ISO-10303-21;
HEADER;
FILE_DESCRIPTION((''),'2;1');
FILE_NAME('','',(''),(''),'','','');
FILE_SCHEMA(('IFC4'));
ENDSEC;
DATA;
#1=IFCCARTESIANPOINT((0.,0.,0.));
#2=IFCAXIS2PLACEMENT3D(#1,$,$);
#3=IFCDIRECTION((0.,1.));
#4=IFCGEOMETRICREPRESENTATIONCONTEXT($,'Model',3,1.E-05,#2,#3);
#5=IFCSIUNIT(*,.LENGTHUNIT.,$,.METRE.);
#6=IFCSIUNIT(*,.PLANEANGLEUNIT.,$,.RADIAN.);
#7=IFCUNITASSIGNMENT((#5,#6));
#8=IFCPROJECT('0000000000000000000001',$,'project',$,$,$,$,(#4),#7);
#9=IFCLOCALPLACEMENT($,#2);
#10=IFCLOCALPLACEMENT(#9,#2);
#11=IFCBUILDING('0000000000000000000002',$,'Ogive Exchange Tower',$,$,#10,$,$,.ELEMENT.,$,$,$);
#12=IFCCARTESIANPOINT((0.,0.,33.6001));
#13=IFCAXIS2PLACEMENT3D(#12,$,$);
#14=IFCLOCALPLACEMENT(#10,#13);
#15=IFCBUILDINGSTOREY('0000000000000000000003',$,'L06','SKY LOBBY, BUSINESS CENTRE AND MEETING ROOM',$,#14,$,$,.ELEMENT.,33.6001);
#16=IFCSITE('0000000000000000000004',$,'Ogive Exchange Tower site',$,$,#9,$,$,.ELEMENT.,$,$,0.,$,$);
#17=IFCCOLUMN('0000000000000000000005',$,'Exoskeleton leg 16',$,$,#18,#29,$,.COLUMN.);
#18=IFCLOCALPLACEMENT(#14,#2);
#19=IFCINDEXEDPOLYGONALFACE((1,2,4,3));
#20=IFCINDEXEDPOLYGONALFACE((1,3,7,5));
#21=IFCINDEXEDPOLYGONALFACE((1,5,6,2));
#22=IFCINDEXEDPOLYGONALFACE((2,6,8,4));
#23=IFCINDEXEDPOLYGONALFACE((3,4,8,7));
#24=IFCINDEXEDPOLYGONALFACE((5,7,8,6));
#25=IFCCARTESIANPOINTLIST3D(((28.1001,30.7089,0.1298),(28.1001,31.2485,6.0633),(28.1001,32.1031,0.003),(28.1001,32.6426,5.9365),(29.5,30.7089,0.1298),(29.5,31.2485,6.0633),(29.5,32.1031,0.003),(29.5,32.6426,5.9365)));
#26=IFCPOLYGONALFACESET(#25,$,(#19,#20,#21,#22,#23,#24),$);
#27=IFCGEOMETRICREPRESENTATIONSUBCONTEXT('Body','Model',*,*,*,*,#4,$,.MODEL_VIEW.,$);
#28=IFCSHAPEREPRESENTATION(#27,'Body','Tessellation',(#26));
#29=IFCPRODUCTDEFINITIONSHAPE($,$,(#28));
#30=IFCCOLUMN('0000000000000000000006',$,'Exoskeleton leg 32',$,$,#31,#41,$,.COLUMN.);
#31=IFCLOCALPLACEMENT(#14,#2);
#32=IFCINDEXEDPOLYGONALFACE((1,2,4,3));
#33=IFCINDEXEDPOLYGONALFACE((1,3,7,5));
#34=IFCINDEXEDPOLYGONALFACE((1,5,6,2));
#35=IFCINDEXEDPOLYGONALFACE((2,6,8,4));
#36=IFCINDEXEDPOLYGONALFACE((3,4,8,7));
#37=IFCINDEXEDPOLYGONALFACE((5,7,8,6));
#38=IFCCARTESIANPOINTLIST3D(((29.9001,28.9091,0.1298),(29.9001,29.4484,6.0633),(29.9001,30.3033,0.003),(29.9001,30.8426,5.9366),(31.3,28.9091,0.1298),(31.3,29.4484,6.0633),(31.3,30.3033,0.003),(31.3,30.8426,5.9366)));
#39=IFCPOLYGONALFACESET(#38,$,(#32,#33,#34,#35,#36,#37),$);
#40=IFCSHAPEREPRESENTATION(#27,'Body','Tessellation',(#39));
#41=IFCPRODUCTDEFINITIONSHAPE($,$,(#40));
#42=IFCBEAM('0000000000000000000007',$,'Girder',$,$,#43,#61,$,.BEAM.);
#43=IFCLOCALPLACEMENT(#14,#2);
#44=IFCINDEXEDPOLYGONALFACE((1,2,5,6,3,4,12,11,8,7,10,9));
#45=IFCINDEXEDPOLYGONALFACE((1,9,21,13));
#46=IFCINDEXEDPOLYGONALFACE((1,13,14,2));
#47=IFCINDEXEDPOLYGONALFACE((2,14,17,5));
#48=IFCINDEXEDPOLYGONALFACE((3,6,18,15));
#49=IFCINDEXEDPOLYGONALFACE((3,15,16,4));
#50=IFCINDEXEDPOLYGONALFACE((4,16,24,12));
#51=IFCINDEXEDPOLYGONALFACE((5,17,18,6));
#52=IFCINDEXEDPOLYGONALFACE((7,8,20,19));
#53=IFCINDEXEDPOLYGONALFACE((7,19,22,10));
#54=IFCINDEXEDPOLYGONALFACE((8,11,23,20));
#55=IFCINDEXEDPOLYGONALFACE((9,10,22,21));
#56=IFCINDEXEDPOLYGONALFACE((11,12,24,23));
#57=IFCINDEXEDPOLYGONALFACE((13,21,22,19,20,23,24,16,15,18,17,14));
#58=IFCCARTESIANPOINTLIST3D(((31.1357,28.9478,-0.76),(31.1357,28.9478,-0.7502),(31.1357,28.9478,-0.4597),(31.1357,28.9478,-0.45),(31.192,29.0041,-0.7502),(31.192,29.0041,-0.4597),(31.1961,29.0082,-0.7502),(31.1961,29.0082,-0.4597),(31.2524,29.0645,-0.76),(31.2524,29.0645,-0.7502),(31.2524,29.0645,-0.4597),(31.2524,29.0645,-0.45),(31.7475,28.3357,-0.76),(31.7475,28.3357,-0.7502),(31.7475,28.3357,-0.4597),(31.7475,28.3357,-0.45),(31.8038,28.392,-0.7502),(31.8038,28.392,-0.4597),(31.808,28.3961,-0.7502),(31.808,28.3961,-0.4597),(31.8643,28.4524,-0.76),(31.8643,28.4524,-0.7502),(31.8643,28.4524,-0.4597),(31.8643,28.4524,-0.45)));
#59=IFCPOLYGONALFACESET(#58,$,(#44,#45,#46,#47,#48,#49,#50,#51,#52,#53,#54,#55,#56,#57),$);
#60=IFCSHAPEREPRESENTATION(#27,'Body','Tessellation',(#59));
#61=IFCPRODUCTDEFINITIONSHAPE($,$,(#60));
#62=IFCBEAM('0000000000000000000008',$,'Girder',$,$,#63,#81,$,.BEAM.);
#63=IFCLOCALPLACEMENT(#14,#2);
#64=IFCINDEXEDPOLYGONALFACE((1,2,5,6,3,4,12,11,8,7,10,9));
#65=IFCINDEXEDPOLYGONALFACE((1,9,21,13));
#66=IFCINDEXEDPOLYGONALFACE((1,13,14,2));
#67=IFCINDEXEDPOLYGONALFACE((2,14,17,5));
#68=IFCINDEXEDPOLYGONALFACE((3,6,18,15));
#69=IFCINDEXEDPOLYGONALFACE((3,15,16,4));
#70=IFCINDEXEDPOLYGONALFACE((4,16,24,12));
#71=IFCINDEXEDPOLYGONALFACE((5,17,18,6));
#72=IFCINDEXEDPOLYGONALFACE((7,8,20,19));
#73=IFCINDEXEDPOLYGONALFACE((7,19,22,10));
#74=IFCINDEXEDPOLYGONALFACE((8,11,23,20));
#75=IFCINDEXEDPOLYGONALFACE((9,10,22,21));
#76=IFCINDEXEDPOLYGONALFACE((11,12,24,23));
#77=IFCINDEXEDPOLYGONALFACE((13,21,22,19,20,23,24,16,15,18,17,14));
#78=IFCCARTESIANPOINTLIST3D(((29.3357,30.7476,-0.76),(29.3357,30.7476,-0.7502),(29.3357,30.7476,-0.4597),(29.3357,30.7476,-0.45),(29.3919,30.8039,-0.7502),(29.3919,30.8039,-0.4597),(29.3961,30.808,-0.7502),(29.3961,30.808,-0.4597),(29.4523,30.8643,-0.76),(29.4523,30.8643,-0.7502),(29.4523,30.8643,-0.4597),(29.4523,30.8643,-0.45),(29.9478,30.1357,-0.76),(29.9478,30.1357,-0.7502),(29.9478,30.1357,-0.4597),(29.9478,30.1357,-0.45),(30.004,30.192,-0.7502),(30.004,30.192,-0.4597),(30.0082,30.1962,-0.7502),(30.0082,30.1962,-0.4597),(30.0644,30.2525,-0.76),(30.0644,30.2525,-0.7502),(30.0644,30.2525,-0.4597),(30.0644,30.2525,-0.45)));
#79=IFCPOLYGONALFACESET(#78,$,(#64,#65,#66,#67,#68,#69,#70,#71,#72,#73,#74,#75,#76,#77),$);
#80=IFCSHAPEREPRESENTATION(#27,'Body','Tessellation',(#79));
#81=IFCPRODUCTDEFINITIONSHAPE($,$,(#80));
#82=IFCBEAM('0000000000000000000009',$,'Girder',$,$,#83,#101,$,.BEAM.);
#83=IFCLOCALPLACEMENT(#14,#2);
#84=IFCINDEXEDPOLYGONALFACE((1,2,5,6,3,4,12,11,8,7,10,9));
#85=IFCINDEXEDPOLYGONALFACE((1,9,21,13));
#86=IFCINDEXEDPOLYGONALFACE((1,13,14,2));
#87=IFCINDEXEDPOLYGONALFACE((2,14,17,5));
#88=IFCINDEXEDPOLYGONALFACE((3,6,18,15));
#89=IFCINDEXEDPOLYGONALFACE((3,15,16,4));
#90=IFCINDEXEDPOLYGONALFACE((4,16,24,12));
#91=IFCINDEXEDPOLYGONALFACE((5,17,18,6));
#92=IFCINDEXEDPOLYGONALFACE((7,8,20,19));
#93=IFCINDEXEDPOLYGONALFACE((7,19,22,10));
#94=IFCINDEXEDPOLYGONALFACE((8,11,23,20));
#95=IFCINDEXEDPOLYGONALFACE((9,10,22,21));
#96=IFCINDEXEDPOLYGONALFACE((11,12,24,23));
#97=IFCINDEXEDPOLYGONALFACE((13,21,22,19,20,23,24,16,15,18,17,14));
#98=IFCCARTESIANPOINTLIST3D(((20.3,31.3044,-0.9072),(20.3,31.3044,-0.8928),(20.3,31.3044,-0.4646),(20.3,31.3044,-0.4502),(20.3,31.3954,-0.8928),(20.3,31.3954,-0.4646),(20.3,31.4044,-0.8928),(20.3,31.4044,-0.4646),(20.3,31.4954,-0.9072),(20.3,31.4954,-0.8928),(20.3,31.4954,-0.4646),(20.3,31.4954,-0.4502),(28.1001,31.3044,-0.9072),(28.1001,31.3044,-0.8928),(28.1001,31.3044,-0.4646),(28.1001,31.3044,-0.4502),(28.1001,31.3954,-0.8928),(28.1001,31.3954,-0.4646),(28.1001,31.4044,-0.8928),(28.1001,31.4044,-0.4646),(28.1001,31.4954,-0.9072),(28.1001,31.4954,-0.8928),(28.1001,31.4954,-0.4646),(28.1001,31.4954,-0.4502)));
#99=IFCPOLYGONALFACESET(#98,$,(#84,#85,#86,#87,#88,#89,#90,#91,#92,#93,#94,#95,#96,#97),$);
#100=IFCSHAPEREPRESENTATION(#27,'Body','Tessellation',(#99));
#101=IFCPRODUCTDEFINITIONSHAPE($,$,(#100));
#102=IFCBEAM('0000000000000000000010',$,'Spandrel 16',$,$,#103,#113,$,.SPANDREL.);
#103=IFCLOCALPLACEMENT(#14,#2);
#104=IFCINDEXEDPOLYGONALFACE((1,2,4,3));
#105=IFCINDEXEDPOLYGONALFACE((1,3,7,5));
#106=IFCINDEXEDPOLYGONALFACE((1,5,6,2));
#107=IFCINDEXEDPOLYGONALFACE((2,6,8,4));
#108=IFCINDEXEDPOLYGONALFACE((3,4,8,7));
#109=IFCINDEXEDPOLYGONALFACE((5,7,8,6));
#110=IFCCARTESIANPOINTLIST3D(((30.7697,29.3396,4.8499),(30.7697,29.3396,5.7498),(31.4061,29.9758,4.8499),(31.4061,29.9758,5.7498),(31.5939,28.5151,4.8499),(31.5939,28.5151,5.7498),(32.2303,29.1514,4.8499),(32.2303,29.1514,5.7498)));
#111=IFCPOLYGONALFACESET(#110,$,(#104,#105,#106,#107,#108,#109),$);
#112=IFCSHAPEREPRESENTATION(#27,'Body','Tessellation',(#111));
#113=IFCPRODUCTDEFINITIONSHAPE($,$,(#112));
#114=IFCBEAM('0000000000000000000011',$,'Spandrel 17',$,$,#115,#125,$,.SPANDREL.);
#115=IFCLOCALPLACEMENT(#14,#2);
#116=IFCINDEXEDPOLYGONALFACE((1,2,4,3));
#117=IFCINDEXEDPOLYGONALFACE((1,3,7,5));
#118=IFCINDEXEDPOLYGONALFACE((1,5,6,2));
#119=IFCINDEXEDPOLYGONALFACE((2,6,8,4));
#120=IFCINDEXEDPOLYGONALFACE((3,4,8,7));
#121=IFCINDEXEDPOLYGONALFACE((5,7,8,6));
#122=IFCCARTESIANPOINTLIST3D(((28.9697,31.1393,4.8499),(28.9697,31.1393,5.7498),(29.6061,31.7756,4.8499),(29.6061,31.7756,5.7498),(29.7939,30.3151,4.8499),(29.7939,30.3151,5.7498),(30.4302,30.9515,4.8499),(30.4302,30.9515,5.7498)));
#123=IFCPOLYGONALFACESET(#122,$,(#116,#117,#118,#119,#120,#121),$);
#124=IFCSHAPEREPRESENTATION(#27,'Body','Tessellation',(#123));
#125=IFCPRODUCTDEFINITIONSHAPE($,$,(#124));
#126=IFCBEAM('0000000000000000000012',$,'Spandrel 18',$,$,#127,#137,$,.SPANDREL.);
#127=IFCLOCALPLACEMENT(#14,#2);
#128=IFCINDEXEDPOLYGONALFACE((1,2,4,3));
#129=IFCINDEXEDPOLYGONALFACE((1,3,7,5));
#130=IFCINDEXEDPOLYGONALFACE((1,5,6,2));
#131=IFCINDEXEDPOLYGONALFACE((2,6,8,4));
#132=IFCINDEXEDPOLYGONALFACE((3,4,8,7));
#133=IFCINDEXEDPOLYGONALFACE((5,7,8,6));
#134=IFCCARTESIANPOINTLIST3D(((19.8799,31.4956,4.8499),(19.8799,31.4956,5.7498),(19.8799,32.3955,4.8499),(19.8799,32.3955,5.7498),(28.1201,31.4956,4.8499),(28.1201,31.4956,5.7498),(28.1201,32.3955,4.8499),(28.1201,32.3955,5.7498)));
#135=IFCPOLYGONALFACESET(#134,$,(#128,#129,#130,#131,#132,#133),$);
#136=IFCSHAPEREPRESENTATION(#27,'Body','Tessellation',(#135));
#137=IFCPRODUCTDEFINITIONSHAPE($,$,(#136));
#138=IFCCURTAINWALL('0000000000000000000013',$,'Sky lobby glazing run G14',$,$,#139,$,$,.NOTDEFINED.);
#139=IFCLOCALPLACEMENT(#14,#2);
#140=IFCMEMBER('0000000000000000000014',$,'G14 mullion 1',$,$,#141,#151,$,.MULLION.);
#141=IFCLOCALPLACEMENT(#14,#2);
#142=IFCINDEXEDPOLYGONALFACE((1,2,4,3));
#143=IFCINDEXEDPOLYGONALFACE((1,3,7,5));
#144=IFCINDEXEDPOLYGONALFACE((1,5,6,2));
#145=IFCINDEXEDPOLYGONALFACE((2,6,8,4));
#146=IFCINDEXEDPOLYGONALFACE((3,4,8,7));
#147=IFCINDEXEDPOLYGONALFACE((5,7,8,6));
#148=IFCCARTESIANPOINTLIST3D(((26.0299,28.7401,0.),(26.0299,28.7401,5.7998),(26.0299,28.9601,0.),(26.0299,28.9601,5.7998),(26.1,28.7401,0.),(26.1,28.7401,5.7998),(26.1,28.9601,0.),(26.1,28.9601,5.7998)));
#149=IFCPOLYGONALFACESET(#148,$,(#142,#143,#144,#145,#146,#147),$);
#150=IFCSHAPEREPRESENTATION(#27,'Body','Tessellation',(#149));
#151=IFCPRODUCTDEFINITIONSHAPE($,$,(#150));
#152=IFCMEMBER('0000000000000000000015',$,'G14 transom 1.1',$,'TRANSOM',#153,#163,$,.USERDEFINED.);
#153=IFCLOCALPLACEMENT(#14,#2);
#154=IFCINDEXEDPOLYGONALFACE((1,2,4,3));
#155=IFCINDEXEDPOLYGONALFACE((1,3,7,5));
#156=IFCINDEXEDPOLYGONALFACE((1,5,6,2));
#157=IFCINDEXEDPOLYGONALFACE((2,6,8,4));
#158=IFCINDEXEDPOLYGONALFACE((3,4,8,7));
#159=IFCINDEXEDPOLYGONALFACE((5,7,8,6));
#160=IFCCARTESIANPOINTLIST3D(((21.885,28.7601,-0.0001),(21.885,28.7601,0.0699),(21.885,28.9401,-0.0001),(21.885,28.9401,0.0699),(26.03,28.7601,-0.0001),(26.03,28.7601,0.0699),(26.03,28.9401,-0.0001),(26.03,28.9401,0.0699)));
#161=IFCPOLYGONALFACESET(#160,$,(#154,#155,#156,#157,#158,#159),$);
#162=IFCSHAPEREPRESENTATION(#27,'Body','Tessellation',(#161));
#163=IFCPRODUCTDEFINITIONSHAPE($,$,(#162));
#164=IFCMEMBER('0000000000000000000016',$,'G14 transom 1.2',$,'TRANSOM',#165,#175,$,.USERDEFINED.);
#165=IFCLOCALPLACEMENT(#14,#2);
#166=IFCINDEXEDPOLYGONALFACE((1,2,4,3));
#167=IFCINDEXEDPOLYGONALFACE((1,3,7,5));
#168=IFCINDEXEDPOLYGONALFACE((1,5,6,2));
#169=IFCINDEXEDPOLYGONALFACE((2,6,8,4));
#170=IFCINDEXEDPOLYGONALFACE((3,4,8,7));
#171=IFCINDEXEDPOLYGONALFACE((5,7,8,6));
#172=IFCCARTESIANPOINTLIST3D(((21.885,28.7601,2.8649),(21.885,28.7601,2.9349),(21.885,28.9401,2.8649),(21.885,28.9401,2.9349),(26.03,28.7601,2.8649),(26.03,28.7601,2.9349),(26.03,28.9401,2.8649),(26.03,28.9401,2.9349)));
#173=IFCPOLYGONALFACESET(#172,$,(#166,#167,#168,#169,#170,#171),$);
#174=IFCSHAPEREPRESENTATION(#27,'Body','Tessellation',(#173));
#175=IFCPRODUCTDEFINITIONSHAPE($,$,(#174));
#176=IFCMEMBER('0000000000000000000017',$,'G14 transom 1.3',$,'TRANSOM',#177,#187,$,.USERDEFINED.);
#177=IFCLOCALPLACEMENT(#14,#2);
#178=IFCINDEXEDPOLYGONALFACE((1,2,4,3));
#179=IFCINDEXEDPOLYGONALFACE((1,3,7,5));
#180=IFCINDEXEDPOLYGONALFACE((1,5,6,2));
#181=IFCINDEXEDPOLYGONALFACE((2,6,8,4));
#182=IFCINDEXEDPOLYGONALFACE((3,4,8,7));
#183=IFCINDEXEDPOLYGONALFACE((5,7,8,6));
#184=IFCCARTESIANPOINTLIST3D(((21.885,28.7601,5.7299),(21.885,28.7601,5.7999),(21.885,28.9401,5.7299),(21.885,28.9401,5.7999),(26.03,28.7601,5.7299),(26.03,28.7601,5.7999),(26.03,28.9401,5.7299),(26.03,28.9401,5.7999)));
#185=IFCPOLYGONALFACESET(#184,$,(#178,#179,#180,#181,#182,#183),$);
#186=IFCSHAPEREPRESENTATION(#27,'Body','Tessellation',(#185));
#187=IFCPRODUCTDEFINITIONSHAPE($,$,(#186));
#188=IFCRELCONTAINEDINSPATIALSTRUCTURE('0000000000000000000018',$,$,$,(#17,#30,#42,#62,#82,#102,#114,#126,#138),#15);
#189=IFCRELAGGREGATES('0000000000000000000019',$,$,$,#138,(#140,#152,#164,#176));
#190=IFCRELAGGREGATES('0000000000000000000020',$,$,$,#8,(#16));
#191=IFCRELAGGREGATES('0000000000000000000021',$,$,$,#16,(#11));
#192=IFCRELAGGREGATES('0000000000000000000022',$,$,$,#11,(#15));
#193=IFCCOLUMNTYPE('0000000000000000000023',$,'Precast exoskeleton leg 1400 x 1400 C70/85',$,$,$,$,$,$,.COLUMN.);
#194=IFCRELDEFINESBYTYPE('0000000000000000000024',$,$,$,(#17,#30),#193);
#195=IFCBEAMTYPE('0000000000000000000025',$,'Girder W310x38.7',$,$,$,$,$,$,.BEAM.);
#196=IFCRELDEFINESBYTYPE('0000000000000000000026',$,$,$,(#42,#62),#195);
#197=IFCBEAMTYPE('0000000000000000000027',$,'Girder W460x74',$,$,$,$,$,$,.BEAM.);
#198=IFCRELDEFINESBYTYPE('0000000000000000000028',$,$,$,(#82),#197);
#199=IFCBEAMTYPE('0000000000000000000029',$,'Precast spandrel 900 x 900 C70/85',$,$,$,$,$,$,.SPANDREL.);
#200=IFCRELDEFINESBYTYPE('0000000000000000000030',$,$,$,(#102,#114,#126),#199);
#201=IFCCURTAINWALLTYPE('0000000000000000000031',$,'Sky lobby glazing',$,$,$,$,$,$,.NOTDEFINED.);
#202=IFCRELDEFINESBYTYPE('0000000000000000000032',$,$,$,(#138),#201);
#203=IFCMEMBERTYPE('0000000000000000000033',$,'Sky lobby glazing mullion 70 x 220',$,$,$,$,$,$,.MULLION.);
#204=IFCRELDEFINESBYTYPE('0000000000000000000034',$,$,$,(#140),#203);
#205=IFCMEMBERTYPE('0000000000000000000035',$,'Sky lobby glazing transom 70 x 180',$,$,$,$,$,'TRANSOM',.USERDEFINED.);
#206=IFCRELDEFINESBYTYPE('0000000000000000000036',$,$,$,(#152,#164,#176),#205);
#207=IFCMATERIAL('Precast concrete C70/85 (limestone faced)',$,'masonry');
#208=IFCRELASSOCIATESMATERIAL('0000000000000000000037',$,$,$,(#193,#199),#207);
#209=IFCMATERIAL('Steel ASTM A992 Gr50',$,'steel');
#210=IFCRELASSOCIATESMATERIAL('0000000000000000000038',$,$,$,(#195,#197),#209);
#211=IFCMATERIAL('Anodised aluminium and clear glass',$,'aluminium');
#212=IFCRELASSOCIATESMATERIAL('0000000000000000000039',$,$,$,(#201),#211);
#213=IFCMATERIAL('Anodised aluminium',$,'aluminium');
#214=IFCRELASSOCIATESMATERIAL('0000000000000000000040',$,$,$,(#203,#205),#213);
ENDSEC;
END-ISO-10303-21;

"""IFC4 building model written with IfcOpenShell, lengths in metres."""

from ifc_helpers import new_model, si_unit, direction, frame, origin, origin_2d, place, context, subcontext, project, spatial, rectangle, i_section, extrude, material, material_profile, profile_set, type_object, element, aggregate, save


model = new_model("IFC4")

# Units and contexts
model_context = context("Model", 3, precision=1e-05, world=origin(), true_north=direction((0.0, 1.0)))
body_context = subcontext(model_context, "Body", "Model", "MODEL_VIEW")
ifc_project = project(units=[si_unit("LENGTHUNIT", "METRE"), si_unit("PLANEANGLEUNIT", "RADIAN")], contexts=[model_context])

# Site, building, storey
site_placement = place(None, origin())
site = spatial("IfcSite", under=ifc_project, at=site_placement, Name="Ogive Exchange Tower site", CompositionType="ELEMENT", RefElevation=0.0)
building_placement = place(site_placement, origin())
building = spatial("IfcBuilding", under=site, at=building_placement, Name="Ogive Exchange Tower", CompositionType="ELEMENT")
storey_placement = place(building_placement, frame((0.0, 0.0, 33.6001)))
storey = spatial("IfcBuildingStorey", under=building, at=storey_placement, Name="L06", Description="SKY LOBBY, BUSINESS CENTRE AND MEETING ROOM", CompositionType="ELEMENT", Elevation=33.6001)

# Columns
ifc_material_1 = material(Name="Precast concrete C70/85 (limestone faced)", Category="masonry")
ifc_material_profile_1 = material_profile(ifc_material_1, rectangle(XDim=1.3999, YDim=1.3999, at=origin_2d()), Name="1400 x 1400")
ifc_profile_set_1 = profile_set([ifc_material_profile_1], Name="Precast concrete C70/85 (limestone faced)")
column_type = type_object("IfcColumnType", Name="Precast exoskeleton leg 1400 x 1400 C70/85", PredefinedType="COLUMN", material=ifc_profile_set_1)
for number, where, z_axis, x_axis, name in (
    (1, (28.8, 31.406, 0.0664), (0.0, 0.090558, 0.995891), (-1.0, 0.0, 0.0), "Exoskeleton leg 16"),
    (2, (30.6001, 29.6062, 0.0664), (0.0, 0.090517, 0.995895), (-1.0, 0.0, 0.0), "Exoskeleton leg 32"),
):
    element("IfcColumn", number, at=place(storey_placement, frame(where, z_axis=z_axis, x_axis=x_axis)), inside=storey, type_object=column_type, Name=name, PredefinedType="COLUMN", context=body_context, shape_type="SweptSolid", body=[
        extrude(rectangle(XDim=1.3999, YDim=1.3999, at=origin_2d()), origin(), (0.0, 0.0, 1.0), 5.958),
    ])

# Beams
ifc_material_2 = material(Name="Steel ASTM A992 Gr50", Category="steel")
ifc_material_profile_2 = material_profile(ifc_material_2, i_section(OverallWidth=0.165, OverallDepth=0.3101, WebThickness=0.0059, FlangeThickness=0.0098, at=origin_2d()), Name="W310x38.7")
ifc_profile_set_2 = profile_set([ifc_material_profile_2], Name="Steel ASTM A992 Gr50")
beam_type_1 = type_object("IfcBeamType", Name="Girder W310x38.7", PredefinedType="BEAM", material=ifc_profile_set_2)
for number, where, z_axis, x_axis, name in (
    (3, (31.8059, 28.394, -0.605), (-0.706966, 0.707248, 0.0), (-0.707248, -0.706966, 0.0), "Girder"),
    (4, (30.0061, 30.1941, -0.605), (-0.707248, 0.706966, 0.0), (-0.706966, -0.707248, 0.0), "Girder"),
):
    element("IfcBeam", number, at=place(storey_placement, frame(where, z_axis=z_axis, x_axis=x_axis)), inside=storey, type_object=beam_type_1, Name=name, PredefinedType="BEAM", context=body_context, shape_type="SweptSolid", body=[
        extrude(i_section(OverallWidth=0.165, OverallDepth=0.3101, WebThickness=0.0059, FlangeThickness=0.0098, at=origin_2d()), origin(), (0.0, 0.0, 1.0), 0.8655),
    ])
ifc_material_profile_3 = material_profile(ifc_material_2, i_section(OverallWidth=0.1909, OverallDepth=0.457, WebThickness=0.009, FlangeThickness=0.0144, at=origin_2d()), Name="W460x74")
ifc_profile_set_3 = profile_set([ifc_material_profile_3], Name="Steel ASTM A992 Gr50")
beam_type_2 = type_object("IfcBeamType", Name="Girder W460x74", PredefinedType="BEAM", material=ifc_profile_set_3)
beam_1_placement = place(storey_placement, frame((28.1001, 31.3999, -0.6787), z_axis=(-1.0, 0.0, 0.0), x_axis=(0.0, -1.0, 0.0)))
element("IfcBeam", 5, at=beam_1_placement, inside=storey, type_object=beam_type_2, Name="Girder", PredefinedType="BEAM", context=body_context, shape_type="SweptSolid", body=[
    extrude(i_section(OverallWidth=0.1909, OverallDepth=0.457, WebThickness=0.009, FlangeThickness=0.0144, at=origin_2d()), origin(), (0.0, 0.0, 1.0), 7.8),
])
ifc_material_profile_4 = material_profile(ifc_material_1, rectangle(XDim=0.8999, YDim=0.8999, at=origin_2d()), Name="900 x 900")
ifc_profile_set_4 = profile_set([ifc_material_profile_4], Name="Precast concrete C70/85 (limestone faced)")
beam_type_3 = type_object("IfcBeamType", Name="Precast spandrel 900 x 900 C70/85", PredefinedType="SPANDREL", material=ifc_profile_set_4)
beam_2_placement = place(storey_placement, frame((31.9121, 28.8333, 5.2998), z_axis=(-0.707002, 0.707211, 0.0), x_axis=(-0.707211, -0.707002, 0.0)))
element("IfcBeam", 6, at=beam_2_placement, inside=storey, type_object=beam_type_3, Name="Spandrel 16", PredefinedType="SPANDREL", context=body_context, shape_type="SweptSolid", body=[
    extrude(rectangle(XDim=0.8999, YDim=0.8999, at=origin_2d()), origin(), (0.0, 0.0, 1.0), 1.1658),
])
beam_3_placement = place(storey_placement, frame((30.1121, 30.6333, 5.2998), z_axis=(-0.707107, 0.707107, 0.0), x_axis=(-0.707107, -0.707107, 0.0)))
element("IfcBeam", 7, at=beam_3_placement, inside=storey, type_object=beam_type_3, Name="Spandrel 17", PredefinedType="SPANDREL", context=body_context, shape_type="SweptSolid", body=[
    extrude(rectangle(XDim=0.8999, YDim=0.8999, at=origin_2d()), origin(), (0.0, 0.0, 1.0), 1.1655),
])
beam_4_placement = place(storey_placement, frame((28.1201, 31.9456, 5.2998), z_axis=(-1.0, 0.0, 0.0), x_axis=(0.0, -1.0, 0.0)))
element("IfcBeam", 8, at=beam_4_placement, inside=storey, type_object=beam_type_3, Name="Spandrel 18", PredefinedType="SPANDREL", context=body_context, shape_type="SweptSolid", body=[
    extrude(rectangle(XDim=0.8999, YDim=0.8999, at=origin_2d()), origin(), (0.0, 0.0, 1.0), 8.2402),
])

# Curtain wall, members
ifc_material_3 = material(Name="Anodised aluminium and clear glass", Category="aluminium")
curtain_wall_type = type_object("IfcCurtainWallType", Name="Sky lobby glazing", PredefinedType="NOTDEFINED", material=ifc_material_3)
curtain_wall_placement = place(storey_placement, origin())
curtain_wall = element("IfcCurtainWall", 9, at=curtain_wall_placement, inside=storey, type_object=curtain_wall_type, Name="Sky lobby glazing run G14", PredefinedType="NOTDEFINED")
ifc_material_4 = material(Name="Anodised aluminium", Category="aluminium")
ifc_material_profile_5 = material_profile(ifc_material_4, rectangle(XDim=0.22, YDim=0.0701, at=origin_2d()), Name="AL 70x220")
ifc_profile_set_5 = profile_set([ifc_material_profile_5], Name="Anodised aluminium")
member_type_1 = type_object("IfcMemberType", Name="Sky lobby glazing mullion 70 x 220", PredefinedType="MULLION", material=ifc_profile_set_5)
member_1_placement = place(storey_placement, frame((26.0649, 28.8501, 0.0), z_axis=(0.0, 0.0, 1.0), x_axis=(0.0, -1.0, 0.0)))
member_1 = element("IfcMember", 10, at=member_1_placement, type_object=member_type_1, Name="G14 mullion 1", PredefinedType="MULLION", context=body_context, shape_type="SweptSolid", body=[
    extrude(rectangle(XDim=0.22, YDim=0.0701, at=origin_2d()), origin(), (0.0, 0.0, 1.0), 5.7998),
])
ifc_material_profile_6 = material_profile(ifc_material_4, rectangle(XDim=0.1799, YDim=0.0701, at=origin_2d()), Name="AL 70x180")
ifc_profile_set_6 = profile_set([ifc_material_profile_6], Name="Anodised aluminium")
member_type_2 = type_object("IfcMemberType", Name="Sky lobby glazing transom 70 x 180", ElementType="TRANSOM", PredefinedType="USERDEFINED", material=ifc_profile_set_6)
member_2_placement = place(storey_placement, frame((26.03, 28.8501, 0.0349), z_axis=(-1.0, 0.0, 0.0), x_axis=(0.0, -1.0, 0.0)))
member_2 = element("IfcMember", 11, at=member_2_placement, type_object=member_type_2, Name="G14 transom 1.1", ObjectType="TRANSOM", PredefinedType="USERDEFINED", context=body_context, shape_type="SweptSolid", body=[
    extrude(rectangle(XDim=0.1799, YDim=0.0701, at=origin_2d()), origin(), (0.0, 0.0, 1.0), 4.145),
])
member_3_placement = place(storey_placement, frame((26.03, 28.8501, 2.8999), z_axis=(-1.0, 0.0, 0.0), x_axis=(0.0, -1.0, 0.0)))
member_3 = element("IfcMember", 12, at=member_3_placement, type_object=member_type_2, Name="G14 transom 1.2", ObjectType="TRANSOM", PredefinedType="USERDEFINED", context=body_context, shape_type="SweptSolid", body=[
    extrude(rectangle(XDim=0.1799, YDim=0.0701, at=origin_2d()), origin(), (0.0, 0.0, 1.0), 4.145),
])
member_4_placement = place(storey_placement, frame((26.03, 28.8501, 5.7649), z_axis=(-1.0, 0.0, 0.0), x_axis=(0.0, -1.0, 0.0)))
member_4 = element("IfcMember", 13, at=member_4_placement, type_object=member_type_2, Name="G14 transom 1.3", ObjectType="TRANSOM", PredefinedType="USERDEFINED", context=body_context, shape_type="SweptSolid", body=[
    extrude(rectangle(XDim=0.1799, YDim=0.0701, at=origin_2d()), origin(), (0.0, 0.0, 1.0), 4.145),
])
aggregate(curtain_wall, [member_1, member_2, member_3, member_4])

save(model, "model.ifc")
